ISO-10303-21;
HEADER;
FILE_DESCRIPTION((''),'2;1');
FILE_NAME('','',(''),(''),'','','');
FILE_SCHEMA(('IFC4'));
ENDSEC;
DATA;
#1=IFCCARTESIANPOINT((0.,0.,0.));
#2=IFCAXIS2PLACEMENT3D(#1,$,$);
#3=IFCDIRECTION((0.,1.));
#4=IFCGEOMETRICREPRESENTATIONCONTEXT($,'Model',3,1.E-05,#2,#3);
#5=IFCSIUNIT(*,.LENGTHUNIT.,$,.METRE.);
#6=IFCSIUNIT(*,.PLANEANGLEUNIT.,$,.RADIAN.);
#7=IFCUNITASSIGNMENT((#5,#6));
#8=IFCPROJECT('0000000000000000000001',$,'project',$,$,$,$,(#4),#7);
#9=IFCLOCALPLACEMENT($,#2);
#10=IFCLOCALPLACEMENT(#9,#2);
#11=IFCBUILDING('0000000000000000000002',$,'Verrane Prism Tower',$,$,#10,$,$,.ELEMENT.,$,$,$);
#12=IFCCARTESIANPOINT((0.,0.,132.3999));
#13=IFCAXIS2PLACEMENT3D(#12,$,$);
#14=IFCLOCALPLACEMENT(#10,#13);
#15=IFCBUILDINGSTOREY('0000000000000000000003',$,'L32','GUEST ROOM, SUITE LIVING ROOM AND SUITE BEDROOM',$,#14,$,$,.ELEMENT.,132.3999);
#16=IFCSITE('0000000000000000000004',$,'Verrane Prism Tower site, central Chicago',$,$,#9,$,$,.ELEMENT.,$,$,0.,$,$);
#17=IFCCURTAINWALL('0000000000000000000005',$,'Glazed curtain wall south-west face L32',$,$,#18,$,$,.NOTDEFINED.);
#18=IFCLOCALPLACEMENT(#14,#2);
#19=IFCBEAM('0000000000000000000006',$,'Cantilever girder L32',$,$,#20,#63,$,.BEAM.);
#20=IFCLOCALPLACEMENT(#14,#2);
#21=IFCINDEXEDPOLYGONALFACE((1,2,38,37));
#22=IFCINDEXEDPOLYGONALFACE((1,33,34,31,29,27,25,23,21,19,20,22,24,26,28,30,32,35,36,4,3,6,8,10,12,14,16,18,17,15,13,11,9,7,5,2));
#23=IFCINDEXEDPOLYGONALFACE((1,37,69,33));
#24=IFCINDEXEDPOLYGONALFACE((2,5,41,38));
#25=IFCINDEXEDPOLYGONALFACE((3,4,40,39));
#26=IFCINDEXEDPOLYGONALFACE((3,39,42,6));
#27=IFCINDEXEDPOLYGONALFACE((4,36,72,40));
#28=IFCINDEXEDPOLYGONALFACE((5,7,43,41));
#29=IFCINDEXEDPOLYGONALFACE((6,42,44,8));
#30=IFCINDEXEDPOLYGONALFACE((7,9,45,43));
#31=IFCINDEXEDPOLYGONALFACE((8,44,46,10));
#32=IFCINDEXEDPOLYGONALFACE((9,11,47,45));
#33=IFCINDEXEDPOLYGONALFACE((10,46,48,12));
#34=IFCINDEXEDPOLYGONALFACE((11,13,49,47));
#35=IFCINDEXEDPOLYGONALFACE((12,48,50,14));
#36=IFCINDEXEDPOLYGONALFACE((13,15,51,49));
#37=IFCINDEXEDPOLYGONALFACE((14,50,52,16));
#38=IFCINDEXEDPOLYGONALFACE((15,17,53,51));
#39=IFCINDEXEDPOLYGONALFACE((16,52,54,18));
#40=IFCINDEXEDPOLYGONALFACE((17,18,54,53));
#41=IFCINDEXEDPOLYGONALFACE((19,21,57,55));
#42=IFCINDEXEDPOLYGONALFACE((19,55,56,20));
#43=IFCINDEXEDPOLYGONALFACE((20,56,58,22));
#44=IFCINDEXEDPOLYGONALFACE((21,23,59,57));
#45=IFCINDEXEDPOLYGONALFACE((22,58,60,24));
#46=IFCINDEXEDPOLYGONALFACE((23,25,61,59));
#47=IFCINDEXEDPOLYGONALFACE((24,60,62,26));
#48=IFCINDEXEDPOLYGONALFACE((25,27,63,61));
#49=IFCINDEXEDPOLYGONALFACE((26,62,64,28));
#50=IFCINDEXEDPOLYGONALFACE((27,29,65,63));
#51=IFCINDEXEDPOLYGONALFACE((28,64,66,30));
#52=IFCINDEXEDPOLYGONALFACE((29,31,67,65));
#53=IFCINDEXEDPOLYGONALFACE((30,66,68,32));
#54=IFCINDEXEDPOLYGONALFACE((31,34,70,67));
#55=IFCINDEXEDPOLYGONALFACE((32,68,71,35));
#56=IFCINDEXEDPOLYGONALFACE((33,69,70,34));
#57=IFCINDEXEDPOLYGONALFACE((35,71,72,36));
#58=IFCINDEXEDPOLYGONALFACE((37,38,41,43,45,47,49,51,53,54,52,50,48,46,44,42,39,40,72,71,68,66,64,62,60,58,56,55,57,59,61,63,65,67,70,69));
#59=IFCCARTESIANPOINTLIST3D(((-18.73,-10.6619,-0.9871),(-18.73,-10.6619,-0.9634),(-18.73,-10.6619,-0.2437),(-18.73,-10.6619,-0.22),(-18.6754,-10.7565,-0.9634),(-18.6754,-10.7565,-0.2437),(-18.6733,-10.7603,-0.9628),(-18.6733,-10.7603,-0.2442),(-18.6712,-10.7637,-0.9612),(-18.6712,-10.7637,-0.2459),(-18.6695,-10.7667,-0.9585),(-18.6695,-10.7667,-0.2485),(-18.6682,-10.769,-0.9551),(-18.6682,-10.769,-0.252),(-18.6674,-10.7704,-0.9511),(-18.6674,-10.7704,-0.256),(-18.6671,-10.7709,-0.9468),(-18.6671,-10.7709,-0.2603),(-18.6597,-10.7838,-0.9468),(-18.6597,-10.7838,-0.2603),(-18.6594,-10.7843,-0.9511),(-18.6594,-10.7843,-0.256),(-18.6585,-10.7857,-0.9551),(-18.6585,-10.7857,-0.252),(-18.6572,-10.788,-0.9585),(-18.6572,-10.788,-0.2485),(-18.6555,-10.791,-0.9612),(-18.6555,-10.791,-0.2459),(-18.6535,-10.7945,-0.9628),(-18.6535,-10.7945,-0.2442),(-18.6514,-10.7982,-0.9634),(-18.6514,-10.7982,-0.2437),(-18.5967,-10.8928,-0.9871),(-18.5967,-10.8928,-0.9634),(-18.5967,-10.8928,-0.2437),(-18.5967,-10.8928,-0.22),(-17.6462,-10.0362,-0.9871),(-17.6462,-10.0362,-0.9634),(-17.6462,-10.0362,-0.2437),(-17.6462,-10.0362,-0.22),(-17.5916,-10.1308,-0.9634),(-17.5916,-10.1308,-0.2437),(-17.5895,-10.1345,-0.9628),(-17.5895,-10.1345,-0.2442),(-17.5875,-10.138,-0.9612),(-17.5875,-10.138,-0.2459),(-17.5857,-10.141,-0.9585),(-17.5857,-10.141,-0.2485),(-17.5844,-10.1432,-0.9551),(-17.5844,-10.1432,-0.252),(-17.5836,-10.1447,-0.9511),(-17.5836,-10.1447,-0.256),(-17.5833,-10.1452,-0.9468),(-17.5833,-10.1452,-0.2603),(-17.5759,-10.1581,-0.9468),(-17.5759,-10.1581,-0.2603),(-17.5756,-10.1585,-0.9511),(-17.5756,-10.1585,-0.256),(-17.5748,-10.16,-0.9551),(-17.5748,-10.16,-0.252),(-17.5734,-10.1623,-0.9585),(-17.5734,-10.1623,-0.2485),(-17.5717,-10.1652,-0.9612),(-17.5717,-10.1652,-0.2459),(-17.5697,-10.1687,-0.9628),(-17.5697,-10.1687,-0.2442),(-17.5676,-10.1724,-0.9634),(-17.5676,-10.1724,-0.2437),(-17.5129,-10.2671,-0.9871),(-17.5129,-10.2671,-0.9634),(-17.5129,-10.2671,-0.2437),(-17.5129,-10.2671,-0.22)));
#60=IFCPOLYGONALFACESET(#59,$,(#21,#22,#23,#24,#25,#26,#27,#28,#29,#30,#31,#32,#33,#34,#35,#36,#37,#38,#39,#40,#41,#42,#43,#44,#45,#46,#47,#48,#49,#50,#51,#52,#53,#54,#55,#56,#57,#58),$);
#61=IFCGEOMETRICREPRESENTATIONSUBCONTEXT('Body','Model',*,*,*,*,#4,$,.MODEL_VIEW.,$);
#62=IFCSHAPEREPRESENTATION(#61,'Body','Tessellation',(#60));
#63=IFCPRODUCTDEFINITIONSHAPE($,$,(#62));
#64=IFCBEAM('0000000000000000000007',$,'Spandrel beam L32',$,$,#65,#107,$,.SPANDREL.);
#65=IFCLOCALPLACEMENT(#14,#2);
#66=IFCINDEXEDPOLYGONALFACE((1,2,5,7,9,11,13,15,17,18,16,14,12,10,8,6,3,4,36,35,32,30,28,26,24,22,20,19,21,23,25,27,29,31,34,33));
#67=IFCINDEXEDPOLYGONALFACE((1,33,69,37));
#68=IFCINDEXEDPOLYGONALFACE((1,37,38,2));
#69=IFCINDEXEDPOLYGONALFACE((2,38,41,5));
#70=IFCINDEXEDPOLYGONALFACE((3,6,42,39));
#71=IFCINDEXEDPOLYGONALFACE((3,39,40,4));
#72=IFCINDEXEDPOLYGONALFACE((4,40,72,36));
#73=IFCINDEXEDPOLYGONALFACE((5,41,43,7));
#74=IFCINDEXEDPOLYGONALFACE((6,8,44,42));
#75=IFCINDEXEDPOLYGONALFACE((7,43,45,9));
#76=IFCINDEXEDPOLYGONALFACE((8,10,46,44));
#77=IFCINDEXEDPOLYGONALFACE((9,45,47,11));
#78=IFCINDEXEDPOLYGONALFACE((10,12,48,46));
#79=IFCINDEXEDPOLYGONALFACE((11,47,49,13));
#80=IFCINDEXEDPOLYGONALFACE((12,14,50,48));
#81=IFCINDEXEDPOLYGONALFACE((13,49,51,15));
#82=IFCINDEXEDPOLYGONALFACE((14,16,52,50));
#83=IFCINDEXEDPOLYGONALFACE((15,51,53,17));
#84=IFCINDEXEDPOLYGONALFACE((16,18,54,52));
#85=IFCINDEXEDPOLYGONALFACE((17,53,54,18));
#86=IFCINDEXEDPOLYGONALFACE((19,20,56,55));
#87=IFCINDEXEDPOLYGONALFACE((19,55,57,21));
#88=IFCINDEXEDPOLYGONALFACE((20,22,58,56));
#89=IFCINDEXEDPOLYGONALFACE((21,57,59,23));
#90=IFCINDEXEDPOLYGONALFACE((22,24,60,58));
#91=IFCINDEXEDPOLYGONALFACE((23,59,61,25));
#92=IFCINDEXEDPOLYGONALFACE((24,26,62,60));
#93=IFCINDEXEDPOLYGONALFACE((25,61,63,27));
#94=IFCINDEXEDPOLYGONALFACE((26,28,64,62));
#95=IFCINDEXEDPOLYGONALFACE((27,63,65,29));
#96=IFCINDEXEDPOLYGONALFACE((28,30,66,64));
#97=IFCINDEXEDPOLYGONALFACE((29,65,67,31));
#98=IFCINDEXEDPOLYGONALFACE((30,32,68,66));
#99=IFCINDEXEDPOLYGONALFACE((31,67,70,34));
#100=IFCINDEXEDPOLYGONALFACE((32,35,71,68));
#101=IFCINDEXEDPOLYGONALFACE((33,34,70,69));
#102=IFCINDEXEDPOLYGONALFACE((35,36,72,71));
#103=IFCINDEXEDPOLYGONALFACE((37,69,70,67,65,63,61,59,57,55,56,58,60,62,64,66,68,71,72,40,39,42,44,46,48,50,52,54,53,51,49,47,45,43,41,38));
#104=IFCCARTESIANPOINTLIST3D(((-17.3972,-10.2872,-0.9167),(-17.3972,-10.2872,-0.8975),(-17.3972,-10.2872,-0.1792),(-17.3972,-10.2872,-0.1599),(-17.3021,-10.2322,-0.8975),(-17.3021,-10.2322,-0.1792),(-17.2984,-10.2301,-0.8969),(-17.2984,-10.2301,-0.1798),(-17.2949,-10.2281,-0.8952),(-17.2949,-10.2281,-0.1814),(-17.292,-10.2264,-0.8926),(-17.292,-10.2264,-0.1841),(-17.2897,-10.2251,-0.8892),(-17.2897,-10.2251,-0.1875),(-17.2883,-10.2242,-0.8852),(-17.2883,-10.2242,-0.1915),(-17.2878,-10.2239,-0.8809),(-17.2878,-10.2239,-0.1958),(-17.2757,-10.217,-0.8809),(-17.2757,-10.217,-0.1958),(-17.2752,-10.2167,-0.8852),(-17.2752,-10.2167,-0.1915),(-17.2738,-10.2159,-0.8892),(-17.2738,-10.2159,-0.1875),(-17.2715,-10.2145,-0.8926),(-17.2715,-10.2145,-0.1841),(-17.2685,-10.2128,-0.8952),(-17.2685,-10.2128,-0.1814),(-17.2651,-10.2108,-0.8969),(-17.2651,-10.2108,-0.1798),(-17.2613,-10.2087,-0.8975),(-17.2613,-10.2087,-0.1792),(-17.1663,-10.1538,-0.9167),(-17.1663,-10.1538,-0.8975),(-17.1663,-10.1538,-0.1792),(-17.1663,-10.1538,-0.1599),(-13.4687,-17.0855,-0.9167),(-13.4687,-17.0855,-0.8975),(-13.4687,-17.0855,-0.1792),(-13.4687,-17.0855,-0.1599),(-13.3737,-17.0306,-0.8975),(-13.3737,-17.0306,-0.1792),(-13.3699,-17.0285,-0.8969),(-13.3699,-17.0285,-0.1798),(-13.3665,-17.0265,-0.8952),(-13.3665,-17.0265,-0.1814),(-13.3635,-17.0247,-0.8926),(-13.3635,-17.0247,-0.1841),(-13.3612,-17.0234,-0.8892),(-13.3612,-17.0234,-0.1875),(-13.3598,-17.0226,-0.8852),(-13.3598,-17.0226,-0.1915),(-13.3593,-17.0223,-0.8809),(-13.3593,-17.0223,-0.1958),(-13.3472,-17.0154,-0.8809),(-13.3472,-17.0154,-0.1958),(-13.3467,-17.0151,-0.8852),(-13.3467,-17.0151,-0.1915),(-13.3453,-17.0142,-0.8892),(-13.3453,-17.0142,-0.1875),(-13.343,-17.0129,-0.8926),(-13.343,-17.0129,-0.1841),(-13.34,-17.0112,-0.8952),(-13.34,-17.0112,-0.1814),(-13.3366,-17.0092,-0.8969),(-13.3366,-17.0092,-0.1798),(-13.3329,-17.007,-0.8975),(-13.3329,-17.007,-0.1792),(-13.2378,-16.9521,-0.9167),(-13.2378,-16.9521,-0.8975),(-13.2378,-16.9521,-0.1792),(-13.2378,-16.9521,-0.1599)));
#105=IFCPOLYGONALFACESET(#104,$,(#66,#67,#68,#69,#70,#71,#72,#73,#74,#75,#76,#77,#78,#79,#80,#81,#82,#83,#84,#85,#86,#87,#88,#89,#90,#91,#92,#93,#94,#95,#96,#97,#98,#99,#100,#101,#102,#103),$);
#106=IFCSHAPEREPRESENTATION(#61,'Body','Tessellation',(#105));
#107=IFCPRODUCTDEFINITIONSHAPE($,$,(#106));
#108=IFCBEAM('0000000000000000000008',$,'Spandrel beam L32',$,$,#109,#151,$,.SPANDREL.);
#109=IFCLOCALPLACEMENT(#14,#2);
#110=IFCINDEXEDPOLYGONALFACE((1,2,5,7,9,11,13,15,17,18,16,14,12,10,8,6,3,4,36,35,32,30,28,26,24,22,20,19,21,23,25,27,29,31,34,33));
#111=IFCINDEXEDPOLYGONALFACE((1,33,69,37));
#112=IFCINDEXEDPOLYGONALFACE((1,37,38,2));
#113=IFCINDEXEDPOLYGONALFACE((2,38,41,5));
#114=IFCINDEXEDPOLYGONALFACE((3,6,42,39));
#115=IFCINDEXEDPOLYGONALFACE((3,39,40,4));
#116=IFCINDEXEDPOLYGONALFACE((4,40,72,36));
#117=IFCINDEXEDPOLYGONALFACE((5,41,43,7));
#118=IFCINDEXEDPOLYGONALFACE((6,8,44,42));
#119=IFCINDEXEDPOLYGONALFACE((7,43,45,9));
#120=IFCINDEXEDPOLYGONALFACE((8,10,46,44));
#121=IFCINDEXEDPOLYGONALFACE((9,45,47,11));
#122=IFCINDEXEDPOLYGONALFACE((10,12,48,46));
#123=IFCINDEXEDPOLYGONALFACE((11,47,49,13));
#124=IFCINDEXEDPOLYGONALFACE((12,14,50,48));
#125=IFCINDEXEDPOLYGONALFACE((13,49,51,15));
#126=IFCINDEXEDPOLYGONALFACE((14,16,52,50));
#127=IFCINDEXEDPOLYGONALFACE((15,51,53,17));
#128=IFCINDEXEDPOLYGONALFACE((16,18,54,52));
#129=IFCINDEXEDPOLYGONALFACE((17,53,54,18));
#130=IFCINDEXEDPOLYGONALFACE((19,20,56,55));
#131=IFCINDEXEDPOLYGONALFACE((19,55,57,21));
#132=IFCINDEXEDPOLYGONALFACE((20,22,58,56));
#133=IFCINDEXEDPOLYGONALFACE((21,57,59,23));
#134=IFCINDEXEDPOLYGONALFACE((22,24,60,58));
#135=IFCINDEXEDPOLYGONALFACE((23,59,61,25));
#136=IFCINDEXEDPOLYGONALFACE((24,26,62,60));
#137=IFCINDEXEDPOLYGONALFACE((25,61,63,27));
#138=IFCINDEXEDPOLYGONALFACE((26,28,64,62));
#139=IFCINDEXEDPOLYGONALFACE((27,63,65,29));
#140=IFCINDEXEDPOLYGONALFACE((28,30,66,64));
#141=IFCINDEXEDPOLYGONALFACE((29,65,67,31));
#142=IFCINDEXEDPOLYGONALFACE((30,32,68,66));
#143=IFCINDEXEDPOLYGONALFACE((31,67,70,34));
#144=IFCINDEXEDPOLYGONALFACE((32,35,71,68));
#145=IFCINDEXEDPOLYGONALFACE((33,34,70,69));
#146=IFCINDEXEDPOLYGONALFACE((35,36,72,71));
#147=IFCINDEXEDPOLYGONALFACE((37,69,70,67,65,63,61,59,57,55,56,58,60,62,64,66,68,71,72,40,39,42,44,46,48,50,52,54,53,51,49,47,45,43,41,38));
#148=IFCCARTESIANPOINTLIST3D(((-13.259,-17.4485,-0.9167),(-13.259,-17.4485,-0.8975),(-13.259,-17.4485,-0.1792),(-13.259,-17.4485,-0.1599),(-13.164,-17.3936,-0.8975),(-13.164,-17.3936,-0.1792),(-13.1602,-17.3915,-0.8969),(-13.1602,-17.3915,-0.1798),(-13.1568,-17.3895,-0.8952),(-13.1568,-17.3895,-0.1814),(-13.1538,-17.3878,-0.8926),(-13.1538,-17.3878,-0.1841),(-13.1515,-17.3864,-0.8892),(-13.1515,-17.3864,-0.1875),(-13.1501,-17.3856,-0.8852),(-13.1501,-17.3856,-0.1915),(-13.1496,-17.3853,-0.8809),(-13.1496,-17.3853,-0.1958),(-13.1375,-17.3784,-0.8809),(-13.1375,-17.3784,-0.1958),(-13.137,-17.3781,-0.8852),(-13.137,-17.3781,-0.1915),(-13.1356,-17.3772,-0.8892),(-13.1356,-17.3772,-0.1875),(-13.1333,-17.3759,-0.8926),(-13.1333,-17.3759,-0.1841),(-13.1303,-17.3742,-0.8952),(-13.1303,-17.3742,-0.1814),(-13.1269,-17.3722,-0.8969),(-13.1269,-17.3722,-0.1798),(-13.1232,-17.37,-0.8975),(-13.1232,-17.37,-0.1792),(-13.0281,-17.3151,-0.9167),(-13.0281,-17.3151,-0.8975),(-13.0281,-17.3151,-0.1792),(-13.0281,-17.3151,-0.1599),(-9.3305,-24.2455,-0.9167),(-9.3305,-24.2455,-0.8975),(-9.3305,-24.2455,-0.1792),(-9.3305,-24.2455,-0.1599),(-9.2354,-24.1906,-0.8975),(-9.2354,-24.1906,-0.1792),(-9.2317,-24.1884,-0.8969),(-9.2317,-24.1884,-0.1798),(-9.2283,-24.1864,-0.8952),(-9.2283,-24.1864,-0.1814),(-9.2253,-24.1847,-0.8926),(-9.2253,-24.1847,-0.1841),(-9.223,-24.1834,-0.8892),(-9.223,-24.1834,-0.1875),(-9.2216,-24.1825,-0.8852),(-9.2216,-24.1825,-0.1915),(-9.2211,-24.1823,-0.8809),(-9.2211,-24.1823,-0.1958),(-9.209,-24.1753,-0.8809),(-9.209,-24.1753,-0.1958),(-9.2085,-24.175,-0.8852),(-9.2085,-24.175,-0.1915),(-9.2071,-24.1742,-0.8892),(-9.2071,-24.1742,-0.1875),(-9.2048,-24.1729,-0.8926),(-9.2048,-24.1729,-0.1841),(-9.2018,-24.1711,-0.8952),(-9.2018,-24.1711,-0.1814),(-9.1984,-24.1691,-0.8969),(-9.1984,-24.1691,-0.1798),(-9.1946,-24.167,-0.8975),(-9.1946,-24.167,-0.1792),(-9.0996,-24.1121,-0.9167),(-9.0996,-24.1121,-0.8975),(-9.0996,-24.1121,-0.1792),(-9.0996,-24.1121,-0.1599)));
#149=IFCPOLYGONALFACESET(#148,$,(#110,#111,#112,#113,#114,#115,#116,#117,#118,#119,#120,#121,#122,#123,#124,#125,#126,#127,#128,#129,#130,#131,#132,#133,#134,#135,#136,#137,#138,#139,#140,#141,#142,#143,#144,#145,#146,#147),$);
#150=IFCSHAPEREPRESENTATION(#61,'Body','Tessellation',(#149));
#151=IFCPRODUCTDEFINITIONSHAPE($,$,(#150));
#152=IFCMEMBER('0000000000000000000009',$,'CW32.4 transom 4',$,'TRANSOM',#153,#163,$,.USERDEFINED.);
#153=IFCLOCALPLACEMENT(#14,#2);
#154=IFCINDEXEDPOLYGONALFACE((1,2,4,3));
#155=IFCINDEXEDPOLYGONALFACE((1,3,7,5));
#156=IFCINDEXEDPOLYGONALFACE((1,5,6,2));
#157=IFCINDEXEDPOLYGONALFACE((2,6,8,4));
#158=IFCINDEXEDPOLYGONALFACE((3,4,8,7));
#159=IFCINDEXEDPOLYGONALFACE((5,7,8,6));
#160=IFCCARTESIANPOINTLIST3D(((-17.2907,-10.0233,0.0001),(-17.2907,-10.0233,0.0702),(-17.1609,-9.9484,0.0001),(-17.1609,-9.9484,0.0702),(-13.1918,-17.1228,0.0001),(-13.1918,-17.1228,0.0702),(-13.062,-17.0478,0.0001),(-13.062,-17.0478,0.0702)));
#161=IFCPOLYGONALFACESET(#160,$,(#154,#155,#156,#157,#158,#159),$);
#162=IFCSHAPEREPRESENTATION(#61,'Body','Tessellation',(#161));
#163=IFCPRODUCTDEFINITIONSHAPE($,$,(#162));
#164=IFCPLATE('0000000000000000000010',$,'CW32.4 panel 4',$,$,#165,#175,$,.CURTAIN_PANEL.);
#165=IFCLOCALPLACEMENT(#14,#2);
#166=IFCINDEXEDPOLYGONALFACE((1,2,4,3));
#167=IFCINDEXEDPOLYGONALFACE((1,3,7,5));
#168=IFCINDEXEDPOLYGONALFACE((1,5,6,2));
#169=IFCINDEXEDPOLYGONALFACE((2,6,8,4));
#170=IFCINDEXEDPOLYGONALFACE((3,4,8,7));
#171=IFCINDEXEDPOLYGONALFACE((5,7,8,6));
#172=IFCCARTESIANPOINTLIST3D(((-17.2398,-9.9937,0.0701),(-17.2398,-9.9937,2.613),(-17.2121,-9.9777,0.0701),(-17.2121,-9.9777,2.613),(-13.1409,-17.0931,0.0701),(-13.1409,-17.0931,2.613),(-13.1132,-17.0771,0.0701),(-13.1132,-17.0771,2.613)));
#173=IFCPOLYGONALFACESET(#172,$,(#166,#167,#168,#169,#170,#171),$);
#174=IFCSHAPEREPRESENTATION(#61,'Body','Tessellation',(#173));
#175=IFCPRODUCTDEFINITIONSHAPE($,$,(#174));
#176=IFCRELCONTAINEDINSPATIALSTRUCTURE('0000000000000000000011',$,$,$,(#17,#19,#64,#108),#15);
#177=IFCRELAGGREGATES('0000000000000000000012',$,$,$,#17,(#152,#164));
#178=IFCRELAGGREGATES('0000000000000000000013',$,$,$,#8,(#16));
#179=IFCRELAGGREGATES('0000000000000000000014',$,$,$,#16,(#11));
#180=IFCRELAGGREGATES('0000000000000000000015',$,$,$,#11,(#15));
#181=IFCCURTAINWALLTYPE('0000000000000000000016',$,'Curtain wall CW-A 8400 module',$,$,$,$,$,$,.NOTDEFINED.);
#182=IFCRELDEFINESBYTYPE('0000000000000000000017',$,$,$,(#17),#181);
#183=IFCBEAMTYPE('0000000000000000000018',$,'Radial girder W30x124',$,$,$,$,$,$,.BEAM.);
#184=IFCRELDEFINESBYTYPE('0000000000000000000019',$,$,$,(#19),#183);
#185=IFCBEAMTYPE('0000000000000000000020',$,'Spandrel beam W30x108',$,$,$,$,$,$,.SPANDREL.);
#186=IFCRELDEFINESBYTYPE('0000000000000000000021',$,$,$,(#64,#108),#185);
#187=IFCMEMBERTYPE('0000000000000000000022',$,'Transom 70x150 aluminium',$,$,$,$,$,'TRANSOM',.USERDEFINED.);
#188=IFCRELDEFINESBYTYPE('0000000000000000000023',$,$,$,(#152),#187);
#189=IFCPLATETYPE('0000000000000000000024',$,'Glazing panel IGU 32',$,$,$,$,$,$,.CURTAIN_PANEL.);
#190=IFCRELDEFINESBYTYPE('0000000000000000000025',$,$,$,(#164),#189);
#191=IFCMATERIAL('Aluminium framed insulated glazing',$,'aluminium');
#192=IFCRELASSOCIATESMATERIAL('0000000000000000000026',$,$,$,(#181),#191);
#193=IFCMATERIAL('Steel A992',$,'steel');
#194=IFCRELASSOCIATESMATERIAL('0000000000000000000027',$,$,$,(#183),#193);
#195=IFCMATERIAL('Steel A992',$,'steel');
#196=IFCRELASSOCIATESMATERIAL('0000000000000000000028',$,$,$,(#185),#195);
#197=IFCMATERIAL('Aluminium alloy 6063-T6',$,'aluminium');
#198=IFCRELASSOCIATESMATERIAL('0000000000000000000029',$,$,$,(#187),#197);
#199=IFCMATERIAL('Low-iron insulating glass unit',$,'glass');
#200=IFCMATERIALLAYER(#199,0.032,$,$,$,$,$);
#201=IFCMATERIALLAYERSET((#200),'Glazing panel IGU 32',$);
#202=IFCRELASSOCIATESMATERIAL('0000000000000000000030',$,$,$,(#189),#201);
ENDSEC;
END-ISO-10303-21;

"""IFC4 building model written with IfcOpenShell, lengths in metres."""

from ifc_helpers import new_model, si_unit, direction, frame, origin, origin_2d, place, context, subcontext, project, spatial, rectangle, i_section, extrude, material, layer, layer_set, material_profile, profile_set, type_object, element, aggregate, save


model = new_model("IFC4")

# Units and contexts
model_context = context("Model", 3, precision=1e-05, world=origin(), true_north=direction((0.0, 1.0)))
body_context = subcontext(model_context, "Body", "Model", "MODEL_VIEW")
ifc_project = project(units=[si_unit("LENGTHUNIT", "METRE"), si_unit("PLANEANGLEUNIT", "RADIAN")], contexts=[model_context])

# Site, building, storey
site_placement = place(None, origin())
site = spatial("IfcSite", under=ifc_project, at=site_placement, Name="Verrane Prism Tower site, central Chicago", CompositionType="ELEMENT", RefElevation=0.0)
building_placement = place(site_placement, origin())
building = spatial("IfcBuilding", under=site, at=building_placement, Name="Verrane Prism Tower", CompositionType="ELEMENT")
storey_placement = place(building_placement, frame((0.0, 0.0, 132.3999)))
storey = spatial("IfcBuildingStorey", under=building, at=storey_placement, Name="L32", Description="GUEST ROOM, SUITE LIVING ROOM AND SUITE BEDROOM", CompositionType="ELEMENT", Elevation=132.3999)

# Curtain wall
ifc_material_1 = material(Name="Aluminium framed insulated glazing", Category="aluminium")
curtain_wall_type = type_object("IfcCurtainWallType", Name="Curtain wall CW-A 8400 module", PredefinedType="NOTDEFINED", material=ifc_material_1)
curtain_wall_placement = place(storey_placement, origin())
curtain_wall = element("IfcCurtainWall", 1, at=curtain_wall_placement, inside=storey, type_object=curtain_wall_type, Name="Glazed curtain wall south-west face L32", PredefinedType="NOTDEFINED")

# Beams
ifc_material_2 = material(Name="Steel A992", Category="steel")
ifc_material_profile_1 = material_profile(ifc_material_2, i_section(OverallWidth=0.2666, OverallDepth=0.7671, WebThickness=0.0149, FlangeThickness=0.0237, FilletRadius=0.0166, at=origin_2d()), Name="W30x124")
ifc_profile_set_1 = profile_set([ifc_material_profile_1], Name="Steel A992")
beam_type_1 = type_object("IfcBeamType", Name="Radial girder W30x124", PredefinedType="BEAM", material=ifc_profile_set_1)
beam_1_placement = place(storey_placement, frame((-17.5796, -10.1516, -0.6035), z_axis=(-0.866013, -0.500021, 0.0), x_axis=(0.500021, -0.866013, 0.0)))
element("IfcBeam", 2, at=beam_1_placement, inside=storey, type_object=beam_type_1, Name="Cantilever girder L32", PredefinedType="BEAM", context=body_context, shape_type="SweptSolid", body=[
    extrude(i_section(OverallWidth=0.2666, OverallDepth=0.7671, WebThickness=0.0149, FlangeThickness=0.0237, FilletRadius=0.0166, at=origin_2d()), origin(), (0.0, 0.0, 1.0), 1.2515),
])
ifc_material_3 = material(Name="Steel A992", Category="steel")
ifc_material_profile_2 = material_profile(ifc_material_3, i_section(OverallWidth=0.2666, OverallDepth=0.7568, WebThickness=0.0139, FlangeThickness=0.0193, FilletRadius=0.0166, at=origin_2d()), Name="W30x108")
ifc_profile_set_2 = profile_set([ifc_material_profile_2], Name="Steel A992")
beam_type_2 = type_object("IfcBeamType", Name="Spandrel beam W30x108", PredefinedType="SPANDREL", material=ifc_profile_set_2)
beam_2_placement = place(storey_placement, frame((-17.2817, -10.2205, -0.5383), z_axis=(0.500329, -0.865835, 0.0), x_axis=(0.865835, 0.500329, 0.0)))
element("IfcBeam", 3, at=beam_2_placement, inside=storey, type_object=beam_type_2, Name="Spandrel beam L32", PredefinedType="SPANDREL", context=body_context, shape_type="SweptSolid", body=[
    extrude(i_section(OverallWidth=0.2666, OverallDepth=0.7568, WebThickness=0.0139, FlangeThickness=0.0193, FilletRadius=0.0166, at=origin_2d()), origin(), (0.0, 0.0, 1.0), 7.8518),
])
beam_3_placement = place(storey_placement, frame((-13.1436, -17.3818, -0.5383), z_axis=(0.50041, -0.865789, 0.0), x_axis=(0.865789, 0.50041, 0.0)))
element("IfcBeam", 4, at=beam_3_placement, inside=storey, type_object=beam_type_2, Name="Spandrel beam L32", PredefinedType="SPANDREL", context=body_context, shape_type="SweptSolid", body=[
    extrude(i_section(OverallWidth=0.2666, OverallDepth=0.7568, WebThickness=0.0139, FlangeThickness=0.0193, FilletRadius=0.0166, at=origin_2d()), origin(), (0.0, 0.0, 1.0), 7.8506),
])

# Member
ifc_material_4 = material(Name="Aluminium alloy 6063-T6", Category="aluminium")
ifc_material_profile_3 = material_profile(ifc_material_4, rectangle(XDim=0.1499, YDim=0.0701, at=origin_2d()), Name="Transom 70x150 aluminium")
ifc_profile_set_3 = profile_set([ifc_material_profile_3], Name="Aluminium alloy 6063-T6")
member_type_1 = type_object("IfcMemberType", Name="Transom 70x150 aluminium", ElementType="TRANSOM", PredefinedType="USERDEFINED", material=ifc_profile_set_3)
member_1_placement = place(storey_placement, frame((-17.2258, -9.9858, 0.0352), z_axis=(0.500005, -0.866022, 0.0), x_axis=(0.866022, 0.500005, 0.0)))
member_1 = element("IfcMember", 5, at=member_1_placement, type_object=member_type_1, Name="CW32.4 transom 4", ObjectType="TRANSOM", PredefinedType="USERDEFINED", context=body_context, shape_type="SweptSolid", body=[
    extrude(rectangle(XDim=0.1499, YDim=0.0701, at=origin_2d()), origin(), (0.0, 0.0, 1.0), 8.1978),
])

# Plate
ifc_material_5 = material(Name="Low-iron insulating glass unit", Category="glass")
ifc_layer_1 = layer(ifc_material_5, 0.032)
ifc_layer_set_1 = layer_set([ifc_layer_1], Name="Glazing panel IGU 32")
plate_type = type_object("IfcPlateType", Name="Glazing panel IGU 32", PredefinedType="CURTAIN_PANEL", material=ifc_layer_set_1)
plate_placement = place(storey_placement, frame((-15.1765, -13.5354, 0.0701), z_axis=(0.0, 0.0, 1.0), x_axis=(0.5, -0.866025, 0.0)))
plate = element("IfcPlate", 6, at=plate_placement, type_object=plate_type, Name="CW32.4 panel 4", PredefinedType="CURTAIN_PANEL", context=body_context, shape_type="SweptSolid", body=[
    extrude(rectangle(XDim=8.1978, YDim=0.032, at=origin_2d()), origin(), (0.0, 0.0, 1.0), 2.543),
])
aggregate(curtain_wall, [member_1, plate])

save(model, "model.ifc")
